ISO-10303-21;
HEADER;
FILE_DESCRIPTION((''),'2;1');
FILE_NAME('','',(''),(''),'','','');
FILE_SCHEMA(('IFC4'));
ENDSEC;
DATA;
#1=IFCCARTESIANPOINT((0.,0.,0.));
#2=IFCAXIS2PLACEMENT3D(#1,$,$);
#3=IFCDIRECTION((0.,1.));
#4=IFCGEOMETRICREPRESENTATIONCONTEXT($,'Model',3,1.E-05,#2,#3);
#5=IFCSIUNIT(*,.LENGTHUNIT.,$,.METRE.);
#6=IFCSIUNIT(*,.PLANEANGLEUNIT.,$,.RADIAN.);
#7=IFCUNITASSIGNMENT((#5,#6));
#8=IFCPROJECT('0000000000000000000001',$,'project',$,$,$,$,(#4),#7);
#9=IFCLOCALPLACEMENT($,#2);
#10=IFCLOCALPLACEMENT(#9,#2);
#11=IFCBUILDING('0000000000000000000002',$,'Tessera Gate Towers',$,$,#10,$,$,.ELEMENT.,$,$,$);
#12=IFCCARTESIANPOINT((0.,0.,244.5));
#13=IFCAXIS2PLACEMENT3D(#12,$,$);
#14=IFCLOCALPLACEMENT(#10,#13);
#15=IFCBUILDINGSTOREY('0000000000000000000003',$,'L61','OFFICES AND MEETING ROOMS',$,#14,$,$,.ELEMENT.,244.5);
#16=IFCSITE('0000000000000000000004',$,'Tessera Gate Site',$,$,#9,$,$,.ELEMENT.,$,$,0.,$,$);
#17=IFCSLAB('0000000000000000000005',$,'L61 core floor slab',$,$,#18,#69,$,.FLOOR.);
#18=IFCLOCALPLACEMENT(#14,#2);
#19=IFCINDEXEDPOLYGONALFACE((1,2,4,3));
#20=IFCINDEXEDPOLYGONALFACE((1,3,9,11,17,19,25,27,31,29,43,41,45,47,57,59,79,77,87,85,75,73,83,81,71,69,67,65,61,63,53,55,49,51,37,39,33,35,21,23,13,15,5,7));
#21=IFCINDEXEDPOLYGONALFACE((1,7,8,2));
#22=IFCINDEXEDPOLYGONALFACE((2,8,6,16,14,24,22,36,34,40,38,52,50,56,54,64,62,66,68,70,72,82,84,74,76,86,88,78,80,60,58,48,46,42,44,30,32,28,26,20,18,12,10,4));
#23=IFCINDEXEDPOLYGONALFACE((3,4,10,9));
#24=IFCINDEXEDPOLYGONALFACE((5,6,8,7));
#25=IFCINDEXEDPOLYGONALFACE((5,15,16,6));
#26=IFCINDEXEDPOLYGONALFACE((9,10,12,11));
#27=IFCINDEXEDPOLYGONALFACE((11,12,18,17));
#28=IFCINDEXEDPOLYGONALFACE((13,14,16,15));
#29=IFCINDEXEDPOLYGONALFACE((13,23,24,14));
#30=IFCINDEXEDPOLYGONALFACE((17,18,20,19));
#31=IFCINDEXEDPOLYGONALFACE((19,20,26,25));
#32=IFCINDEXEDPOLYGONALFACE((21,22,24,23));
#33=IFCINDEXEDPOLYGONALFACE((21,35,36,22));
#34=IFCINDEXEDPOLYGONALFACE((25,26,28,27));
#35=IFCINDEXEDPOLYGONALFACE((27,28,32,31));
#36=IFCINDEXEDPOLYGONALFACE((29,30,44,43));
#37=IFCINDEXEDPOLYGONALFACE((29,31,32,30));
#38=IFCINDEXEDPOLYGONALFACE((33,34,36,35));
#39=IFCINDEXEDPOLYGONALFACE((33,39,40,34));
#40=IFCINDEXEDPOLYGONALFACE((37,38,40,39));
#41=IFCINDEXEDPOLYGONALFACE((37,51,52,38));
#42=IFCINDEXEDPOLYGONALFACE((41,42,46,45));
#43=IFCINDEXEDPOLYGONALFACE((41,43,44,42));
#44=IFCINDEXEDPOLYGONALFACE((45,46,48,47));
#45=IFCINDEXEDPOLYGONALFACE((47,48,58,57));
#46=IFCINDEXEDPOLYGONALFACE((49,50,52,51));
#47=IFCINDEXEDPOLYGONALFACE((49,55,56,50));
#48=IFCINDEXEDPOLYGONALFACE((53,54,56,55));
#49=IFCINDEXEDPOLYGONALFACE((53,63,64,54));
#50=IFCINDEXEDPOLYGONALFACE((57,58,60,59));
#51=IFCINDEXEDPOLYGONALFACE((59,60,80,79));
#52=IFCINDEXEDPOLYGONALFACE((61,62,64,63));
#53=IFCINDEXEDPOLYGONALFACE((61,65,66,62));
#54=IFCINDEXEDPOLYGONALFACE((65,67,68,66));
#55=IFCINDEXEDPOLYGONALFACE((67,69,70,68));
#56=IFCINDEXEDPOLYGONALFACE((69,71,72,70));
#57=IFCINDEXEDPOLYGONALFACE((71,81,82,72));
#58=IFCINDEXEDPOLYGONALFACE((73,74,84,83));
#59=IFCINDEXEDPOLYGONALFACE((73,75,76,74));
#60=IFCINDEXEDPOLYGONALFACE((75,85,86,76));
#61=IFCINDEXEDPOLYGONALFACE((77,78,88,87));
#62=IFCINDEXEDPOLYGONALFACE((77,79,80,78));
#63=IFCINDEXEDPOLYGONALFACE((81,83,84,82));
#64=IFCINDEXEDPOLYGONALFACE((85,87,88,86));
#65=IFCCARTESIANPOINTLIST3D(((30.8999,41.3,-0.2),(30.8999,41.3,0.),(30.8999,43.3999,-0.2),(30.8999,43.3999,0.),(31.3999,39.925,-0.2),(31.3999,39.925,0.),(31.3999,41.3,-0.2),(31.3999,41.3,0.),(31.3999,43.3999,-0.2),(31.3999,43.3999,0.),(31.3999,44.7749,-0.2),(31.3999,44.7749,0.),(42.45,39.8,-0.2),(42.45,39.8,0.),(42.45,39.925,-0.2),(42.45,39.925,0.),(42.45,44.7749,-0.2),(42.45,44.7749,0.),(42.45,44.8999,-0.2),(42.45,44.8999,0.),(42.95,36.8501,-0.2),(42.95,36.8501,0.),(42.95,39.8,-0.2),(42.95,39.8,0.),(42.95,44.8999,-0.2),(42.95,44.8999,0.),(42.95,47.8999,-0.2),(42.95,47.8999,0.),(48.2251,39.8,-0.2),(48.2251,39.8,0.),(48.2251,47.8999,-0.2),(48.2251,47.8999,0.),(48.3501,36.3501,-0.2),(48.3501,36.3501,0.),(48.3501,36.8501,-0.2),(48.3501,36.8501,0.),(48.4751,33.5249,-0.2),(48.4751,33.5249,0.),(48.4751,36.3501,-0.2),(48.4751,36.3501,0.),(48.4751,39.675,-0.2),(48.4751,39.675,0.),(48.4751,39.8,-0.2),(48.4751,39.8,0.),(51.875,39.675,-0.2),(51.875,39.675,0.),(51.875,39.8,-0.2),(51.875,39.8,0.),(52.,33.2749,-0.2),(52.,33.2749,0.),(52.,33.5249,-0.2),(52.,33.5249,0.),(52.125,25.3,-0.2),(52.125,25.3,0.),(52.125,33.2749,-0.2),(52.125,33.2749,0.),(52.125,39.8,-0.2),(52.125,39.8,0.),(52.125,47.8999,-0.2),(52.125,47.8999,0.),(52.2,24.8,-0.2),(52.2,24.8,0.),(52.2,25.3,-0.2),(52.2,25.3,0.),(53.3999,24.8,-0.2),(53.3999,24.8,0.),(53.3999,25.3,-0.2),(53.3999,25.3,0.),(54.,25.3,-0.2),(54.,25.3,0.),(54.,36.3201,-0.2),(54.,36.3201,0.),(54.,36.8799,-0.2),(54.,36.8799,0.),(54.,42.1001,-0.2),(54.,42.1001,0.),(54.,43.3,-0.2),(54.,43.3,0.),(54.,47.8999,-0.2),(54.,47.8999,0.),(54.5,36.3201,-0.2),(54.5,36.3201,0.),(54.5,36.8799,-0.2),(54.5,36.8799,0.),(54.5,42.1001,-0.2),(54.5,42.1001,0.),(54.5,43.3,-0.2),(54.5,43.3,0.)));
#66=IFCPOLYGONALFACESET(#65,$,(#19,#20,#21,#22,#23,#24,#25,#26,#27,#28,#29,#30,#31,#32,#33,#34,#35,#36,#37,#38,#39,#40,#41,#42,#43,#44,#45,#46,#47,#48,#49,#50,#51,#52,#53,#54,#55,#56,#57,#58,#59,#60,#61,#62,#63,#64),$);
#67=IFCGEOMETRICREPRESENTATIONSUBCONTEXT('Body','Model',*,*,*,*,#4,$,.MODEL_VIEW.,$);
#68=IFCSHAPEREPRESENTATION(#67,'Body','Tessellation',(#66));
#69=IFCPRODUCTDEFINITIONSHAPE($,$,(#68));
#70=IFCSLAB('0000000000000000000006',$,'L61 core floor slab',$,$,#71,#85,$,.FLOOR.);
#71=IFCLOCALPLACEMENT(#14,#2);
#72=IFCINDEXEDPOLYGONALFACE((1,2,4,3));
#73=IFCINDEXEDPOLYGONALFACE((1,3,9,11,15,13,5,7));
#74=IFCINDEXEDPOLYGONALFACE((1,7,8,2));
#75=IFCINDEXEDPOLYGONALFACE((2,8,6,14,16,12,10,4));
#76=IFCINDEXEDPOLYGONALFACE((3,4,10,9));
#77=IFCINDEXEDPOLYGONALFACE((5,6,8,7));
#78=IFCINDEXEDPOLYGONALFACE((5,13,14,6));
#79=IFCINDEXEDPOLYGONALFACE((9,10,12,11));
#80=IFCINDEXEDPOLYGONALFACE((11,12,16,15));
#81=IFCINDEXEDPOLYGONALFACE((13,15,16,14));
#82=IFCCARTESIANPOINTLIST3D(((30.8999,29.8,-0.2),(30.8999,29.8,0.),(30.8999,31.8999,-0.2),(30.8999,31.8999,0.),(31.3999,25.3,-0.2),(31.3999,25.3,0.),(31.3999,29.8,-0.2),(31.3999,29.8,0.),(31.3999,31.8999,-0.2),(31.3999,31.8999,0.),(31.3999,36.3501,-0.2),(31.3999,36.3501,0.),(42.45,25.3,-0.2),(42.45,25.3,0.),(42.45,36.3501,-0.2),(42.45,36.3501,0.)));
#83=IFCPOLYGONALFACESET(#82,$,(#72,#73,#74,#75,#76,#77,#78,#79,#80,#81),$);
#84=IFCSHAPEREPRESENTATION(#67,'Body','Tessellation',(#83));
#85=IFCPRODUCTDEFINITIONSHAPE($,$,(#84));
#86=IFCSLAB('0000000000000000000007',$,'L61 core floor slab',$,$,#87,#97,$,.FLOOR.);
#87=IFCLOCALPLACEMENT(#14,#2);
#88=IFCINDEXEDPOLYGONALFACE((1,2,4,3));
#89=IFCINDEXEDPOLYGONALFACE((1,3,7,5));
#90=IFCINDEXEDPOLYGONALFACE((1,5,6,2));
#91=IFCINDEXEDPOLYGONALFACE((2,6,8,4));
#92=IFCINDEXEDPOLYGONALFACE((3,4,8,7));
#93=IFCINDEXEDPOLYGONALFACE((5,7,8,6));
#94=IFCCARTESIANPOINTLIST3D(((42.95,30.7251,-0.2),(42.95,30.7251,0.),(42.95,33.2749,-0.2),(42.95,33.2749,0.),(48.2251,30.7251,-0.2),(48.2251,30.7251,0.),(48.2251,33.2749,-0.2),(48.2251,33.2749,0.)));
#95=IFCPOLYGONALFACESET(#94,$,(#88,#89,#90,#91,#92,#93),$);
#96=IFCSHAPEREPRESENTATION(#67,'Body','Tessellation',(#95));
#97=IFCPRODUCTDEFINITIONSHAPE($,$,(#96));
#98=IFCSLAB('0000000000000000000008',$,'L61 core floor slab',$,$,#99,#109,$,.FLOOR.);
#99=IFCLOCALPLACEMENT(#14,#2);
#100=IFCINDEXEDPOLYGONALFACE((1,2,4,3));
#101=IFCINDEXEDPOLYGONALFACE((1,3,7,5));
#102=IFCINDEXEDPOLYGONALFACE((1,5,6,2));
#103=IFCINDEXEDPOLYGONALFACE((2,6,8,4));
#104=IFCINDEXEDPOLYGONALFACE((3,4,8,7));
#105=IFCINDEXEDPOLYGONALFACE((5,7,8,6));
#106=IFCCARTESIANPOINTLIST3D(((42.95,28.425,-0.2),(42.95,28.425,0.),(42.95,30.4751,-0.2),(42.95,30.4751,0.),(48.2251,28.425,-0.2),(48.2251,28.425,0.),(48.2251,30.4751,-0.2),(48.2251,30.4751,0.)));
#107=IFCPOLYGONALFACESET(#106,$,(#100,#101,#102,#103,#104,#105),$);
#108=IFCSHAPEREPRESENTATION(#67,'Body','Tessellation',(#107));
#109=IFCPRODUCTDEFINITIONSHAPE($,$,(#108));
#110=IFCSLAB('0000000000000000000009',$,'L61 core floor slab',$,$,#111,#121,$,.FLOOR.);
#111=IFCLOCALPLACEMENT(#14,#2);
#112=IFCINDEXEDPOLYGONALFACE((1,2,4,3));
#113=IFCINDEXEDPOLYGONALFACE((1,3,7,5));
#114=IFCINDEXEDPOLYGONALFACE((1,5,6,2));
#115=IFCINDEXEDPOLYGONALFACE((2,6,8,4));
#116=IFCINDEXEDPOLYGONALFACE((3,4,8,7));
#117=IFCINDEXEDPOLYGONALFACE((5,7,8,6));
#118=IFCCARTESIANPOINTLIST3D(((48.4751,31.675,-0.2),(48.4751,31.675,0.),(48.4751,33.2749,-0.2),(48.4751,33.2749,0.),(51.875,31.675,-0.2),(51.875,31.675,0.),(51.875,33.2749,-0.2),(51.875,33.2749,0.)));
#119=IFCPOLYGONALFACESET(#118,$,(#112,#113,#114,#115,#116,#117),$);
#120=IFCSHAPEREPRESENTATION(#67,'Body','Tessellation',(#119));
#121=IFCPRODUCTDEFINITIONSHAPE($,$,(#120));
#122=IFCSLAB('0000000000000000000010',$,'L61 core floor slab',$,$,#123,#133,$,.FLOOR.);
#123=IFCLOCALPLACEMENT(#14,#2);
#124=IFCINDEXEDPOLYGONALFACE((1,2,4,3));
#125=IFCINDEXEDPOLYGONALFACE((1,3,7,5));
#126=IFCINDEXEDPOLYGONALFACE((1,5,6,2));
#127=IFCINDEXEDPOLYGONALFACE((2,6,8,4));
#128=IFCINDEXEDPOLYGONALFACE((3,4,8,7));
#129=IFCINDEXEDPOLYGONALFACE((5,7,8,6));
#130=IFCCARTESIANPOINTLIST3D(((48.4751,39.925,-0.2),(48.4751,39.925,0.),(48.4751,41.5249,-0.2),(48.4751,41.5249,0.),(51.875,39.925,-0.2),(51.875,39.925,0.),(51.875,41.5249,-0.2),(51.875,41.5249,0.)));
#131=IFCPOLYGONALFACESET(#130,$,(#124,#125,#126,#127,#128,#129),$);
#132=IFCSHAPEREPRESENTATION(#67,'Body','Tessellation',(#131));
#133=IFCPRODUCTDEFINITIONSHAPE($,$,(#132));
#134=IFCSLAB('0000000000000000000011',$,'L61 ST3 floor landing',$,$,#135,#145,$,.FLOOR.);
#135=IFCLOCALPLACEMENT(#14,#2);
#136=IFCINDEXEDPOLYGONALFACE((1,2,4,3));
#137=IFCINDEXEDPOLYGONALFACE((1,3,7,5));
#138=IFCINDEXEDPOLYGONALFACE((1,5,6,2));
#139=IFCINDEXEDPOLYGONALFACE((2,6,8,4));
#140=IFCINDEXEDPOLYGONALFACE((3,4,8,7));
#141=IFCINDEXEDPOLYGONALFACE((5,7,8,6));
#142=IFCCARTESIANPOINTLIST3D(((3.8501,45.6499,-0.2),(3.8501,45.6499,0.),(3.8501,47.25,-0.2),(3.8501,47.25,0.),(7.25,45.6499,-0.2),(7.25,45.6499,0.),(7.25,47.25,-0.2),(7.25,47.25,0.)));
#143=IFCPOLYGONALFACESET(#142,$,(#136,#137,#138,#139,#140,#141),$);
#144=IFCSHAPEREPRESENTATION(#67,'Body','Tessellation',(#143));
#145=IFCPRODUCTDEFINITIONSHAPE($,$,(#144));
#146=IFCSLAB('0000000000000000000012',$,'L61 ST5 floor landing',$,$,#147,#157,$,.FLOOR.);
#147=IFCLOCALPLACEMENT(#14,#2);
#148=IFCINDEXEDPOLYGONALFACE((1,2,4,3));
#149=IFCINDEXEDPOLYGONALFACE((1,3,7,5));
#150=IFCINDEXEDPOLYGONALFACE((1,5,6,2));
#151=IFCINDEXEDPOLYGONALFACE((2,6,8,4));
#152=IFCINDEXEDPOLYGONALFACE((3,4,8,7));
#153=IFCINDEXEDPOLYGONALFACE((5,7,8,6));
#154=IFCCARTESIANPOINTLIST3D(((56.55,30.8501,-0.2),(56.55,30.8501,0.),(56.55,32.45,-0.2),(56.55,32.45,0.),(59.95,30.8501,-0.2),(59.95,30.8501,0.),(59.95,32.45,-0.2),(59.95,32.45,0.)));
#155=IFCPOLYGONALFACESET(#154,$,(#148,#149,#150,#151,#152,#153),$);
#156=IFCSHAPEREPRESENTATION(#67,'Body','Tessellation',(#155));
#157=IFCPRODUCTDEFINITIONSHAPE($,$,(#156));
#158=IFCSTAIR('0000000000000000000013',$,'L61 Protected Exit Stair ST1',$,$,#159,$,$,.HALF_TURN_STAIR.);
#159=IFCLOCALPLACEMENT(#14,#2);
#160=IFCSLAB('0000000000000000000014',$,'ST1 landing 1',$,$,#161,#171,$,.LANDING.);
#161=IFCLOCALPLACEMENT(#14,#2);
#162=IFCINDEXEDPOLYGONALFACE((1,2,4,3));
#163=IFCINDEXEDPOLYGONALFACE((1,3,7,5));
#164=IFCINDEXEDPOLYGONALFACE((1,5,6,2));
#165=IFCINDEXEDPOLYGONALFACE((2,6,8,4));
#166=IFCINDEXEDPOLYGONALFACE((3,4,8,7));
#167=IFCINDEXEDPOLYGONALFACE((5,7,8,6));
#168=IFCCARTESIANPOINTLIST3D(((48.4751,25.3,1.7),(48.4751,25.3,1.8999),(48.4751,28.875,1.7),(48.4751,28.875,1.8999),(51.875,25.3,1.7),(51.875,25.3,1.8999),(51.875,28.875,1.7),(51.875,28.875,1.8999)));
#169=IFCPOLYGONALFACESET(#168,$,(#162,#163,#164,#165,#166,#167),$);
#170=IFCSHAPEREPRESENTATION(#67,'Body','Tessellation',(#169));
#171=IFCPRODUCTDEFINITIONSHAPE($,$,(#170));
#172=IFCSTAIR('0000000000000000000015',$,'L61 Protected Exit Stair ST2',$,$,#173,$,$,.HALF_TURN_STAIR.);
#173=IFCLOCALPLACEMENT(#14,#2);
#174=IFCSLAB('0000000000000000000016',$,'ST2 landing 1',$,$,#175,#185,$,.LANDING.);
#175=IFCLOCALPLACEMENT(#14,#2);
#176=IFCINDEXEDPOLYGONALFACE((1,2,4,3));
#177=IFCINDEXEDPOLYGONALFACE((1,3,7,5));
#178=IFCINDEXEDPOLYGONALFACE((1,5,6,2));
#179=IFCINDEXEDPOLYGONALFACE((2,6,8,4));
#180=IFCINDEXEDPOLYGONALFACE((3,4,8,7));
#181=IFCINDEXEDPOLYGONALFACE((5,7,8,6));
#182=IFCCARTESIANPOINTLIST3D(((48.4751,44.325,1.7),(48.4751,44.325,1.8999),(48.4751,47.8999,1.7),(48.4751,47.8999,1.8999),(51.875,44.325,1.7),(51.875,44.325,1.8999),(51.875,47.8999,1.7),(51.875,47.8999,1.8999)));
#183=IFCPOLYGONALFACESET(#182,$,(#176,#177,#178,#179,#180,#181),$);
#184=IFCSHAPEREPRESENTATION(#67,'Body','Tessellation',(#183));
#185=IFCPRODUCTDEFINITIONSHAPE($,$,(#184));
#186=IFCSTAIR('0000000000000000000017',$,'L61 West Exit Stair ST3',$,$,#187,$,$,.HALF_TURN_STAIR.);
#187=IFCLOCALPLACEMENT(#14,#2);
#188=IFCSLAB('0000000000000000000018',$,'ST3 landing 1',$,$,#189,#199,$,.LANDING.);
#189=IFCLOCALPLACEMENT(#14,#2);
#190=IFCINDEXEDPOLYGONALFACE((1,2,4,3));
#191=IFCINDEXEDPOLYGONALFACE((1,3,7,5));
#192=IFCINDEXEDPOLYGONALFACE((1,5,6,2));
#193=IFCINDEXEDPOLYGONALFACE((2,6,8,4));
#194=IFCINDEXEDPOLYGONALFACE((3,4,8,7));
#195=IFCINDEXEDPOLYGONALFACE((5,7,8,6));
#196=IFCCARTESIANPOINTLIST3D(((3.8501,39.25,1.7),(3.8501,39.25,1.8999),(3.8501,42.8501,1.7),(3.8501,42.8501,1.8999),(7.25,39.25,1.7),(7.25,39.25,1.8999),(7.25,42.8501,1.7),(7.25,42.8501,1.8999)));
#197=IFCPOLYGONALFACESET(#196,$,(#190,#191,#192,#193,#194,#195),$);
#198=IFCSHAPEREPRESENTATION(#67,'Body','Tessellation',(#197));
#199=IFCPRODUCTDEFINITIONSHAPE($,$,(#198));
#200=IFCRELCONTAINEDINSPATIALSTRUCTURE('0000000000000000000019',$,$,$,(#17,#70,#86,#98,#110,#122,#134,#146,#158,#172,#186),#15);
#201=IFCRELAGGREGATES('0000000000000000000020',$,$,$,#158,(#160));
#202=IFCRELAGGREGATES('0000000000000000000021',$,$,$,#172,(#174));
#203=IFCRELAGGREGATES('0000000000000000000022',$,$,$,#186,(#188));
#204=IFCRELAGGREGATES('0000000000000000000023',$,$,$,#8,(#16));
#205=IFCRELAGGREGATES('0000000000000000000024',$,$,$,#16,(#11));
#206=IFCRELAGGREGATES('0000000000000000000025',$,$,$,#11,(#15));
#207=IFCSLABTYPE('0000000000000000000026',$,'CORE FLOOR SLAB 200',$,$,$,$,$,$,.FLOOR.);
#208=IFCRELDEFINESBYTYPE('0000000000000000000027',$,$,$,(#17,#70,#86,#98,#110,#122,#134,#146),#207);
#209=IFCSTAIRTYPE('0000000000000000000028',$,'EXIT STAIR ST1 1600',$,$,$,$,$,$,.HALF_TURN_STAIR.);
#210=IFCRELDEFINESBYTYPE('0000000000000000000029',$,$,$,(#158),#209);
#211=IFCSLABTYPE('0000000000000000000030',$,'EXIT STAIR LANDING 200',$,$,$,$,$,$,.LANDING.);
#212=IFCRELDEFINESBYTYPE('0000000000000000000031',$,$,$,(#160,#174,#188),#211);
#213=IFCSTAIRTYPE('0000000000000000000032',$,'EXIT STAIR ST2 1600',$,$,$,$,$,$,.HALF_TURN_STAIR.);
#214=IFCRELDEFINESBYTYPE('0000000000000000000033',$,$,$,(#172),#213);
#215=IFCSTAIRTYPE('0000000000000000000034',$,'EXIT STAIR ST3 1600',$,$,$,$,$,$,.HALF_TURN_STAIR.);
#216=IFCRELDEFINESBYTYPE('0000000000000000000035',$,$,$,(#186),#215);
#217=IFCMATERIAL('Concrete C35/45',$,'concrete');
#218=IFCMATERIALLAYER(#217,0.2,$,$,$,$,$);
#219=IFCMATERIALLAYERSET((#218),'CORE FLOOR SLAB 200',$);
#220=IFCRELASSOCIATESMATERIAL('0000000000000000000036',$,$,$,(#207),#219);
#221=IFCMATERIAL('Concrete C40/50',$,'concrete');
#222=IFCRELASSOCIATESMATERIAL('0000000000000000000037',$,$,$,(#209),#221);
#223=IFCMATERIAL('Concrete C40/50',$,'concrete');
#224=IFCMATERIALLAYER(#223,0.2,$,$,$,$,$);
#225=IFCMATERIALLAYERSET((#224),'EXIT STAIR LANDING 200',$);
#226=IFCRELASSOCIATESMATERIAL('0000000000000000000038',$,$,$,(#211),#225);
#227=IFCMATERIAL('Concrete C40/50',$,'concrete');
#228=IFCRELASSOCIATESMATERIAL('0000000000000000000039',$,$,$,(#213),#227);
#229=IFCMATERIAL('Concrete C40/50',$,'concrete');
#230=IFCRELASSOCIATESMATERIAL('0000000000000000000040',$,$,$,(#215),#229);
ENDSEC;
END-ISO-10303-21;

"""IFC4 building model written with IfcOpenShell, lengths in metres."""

from ifc_helpers import new_model, si_unit, direction, frame, origin, place, context, subcontext, project, spatial, polyline, outline, extrude, material, layer, layer_set, type_object, element, aggregate, save


model = new_model("IFC4")

# Units and contexts
model_context = context("Model", 3, precision=1e-05, world=origin(), true_north=direction((0.0, 1.0)))
body_context = subcontext(model_context, "Body", "Model", "MODEL_VIEW")
ifc_project = project(units=[si_unit("LENGTHUNIT", "METRE"), si_unit("PLANEANGLEUNIT", "RADIAN")], contexts=[model_context])

# Site, building, storey
site_placement = place(None, origin())
site = spatial("IfcSite", under=ifc_project, at=site_placement, Name="Tessera Gate Site", CompositionType="ELEMENT", RefElevation=0.0)
building_placement = place(site_placement, origin())
building = spatial("IfcBuilding", under=site, at=building_placement, Name="Tessera Gate Towers", CompositionType="ELEMENT")
storey_placement = place(building_placement, frame((0.0, 0.0, 244.5)))
storey = spatial("IfcBuildingStorey", under=building, at=storey_placement, Name="L61", Description="OFFICES AND MEETING ROOMS", CompositionType="ELEMENT", Elevation=244.5)

# Slabs
ifc_material_1 = material(Name="Concrete C35/45", Category="concrete")
ifc_layer_1 = layer(ifc_material_1, 0.2)
ifc_layer_set_1 = layer_set([ifc_layer_1], Name="CORE FLOOR SLAB 200")
slab_type_1 = type_object("IfcSlabType", Name="CORE FLOOR SLAB 200", PredefinedType="FLOOR", material=ifc_layer_set_1)
slab_1_placement = place(storey_placement, frame((0.0, 0.0, -0.2)))
element("IfcSlab", 1, at=slab_1_placement, inside=storey, type_object=slab_type_1, Name="L61 core floor slab", PredefinedType="FLOOR", context=body_context, shape_type="SweptSolid", body=[
    extrude(outline(polyline([(42.45, 44.8999), (42.45, 44.7749), (31.3999, 44.7749), (31.3999, 43.3999), (30.8999, 43.3999), (30.8999, 41.3), (31.3999, 41.3), (31.3999, 39.925), (42.45, 39.925), (42.45, 39.8), (42.95, 39.8), (42.95, 36.8501), (48.3501, 36.8501), (48.3501, 36.3501), (48.4751, 36.3501), (48.4751, 33.5249), (52.0, 33.5249), (52.0, 33.2749), (52.125, 33.2749), (52.125, 25.3), (52.2, 25.3), (52.2, 24.8), (53.3999, 24.8), (53.3999, 25.3), (54.0, 25.3), (54.0, 36.3201), (54.5, 36.3201), (54.5, 36.8799), (54.0, 36.8799), (54.0, 42.1001), (54.5, 42.1001), (54.5, 43.3), (54.0, 43.3), (54.0, 47.8999), (52.125, 47.8999), (52.125, 39.8), (51.875, 39.8), (51.875, 39.675), (48.4751, 39.675), (48.4751, 39.8), (48.2251, 39.8), (48.2251, 47.8999), (42.95, 47.8999), (42.95, 44.8999), (42.45, 44.8999)])), origin(), (0.0, 0.0, 1.0), 0.2),
])
slab_2_placement = place(storey_placement, frame((0.0, 0.0, -0.2)))
element("IfcSlab", 2, at=slab_2_placement, inside=storey, type_object=slab_type_1, Name="L61 core floor slab", PredefinedType="FLOOR", context=body_context, shape_type="SweptSolid", body=[
    extrude(outline(polyline([(31.3999, 36.3501), (31.3999, 31.8999), (30.8999, 31.8999), (30.8999, 29.8), (31.3999, 29.8), (31.3999, 25.3), (42.45, 25.3), (42.45, 36.3501), (31.3999, 36.3501)])), origin(), (0.0, 0.0, 1.0), 0.2),
])
slab_3_placement = place(storey_placement, frame((0.0, 0.0, -0.2)))
element("IfcSlab", 3, at=slab_3_placement, inside=storey, type_object=slab_type_1, Name="L61 core floor slab", PredefinedType="FLOOR", context=body_context, shape_type="SweptSolid", body=[
    extrude(outline(polyline([(42.95, 33.2749), (42.95, 30.7251), (48.2251, 30.7251), (48.2251, 33.2749), (42.95, 33.2749)])), origin(), (0.0, 0.0, 1.0), 0.2),
])
slab_4_placement = place(storey_placement, frame((0.0, 0.0, -0.2)))
element("IfcSlab", 4, at=slab_4_placement, inside=storey, type_object=slab_type_1, Name="L61 core floor slab", PredefinedType="FLOOR", context=body_context, shape_type="SweptSolid", body=[
    extrude(outline(polyline([(48.2251, 30.4751), (42.95, 30.4751), (42.95, 28.425), (48.2251, 28.425), (48.2251, 30.4751)])), origin(), (0.0, 0.0, 1.0), 0.2),
])
slab_5_placement = place(storey_placement, frame((0.0, 0.0, -0.2)))
element("IfcSlab", 5, at=slab_5_placement, inside=storey, type_object=slab_type_1, Name="L61 core floor slab", PredefinedType="FLOOR", context=body_context, shape_type="SweptSolid", body=[
    extrude(outline(polyline([(51.875, 31.675), (51.875, 33.2749), (48.4751, 33.2749), (48.4751, 31.675), (51.875, 31.675)])), origin(), (0.0, 0.0, 1.0), 0.2),
])
slab_6_placement = place(storey_placement, frame((0.0, 0.0, -0.2)))
element("IfcSlab", 6, at=slab_6_placement, inside=storey, type_object=slab_type_1, Name="L61 core floor slab", PredefinedType="FLOOR", context=body_context, shape_type="SweptSolid", body=[
    extrude(outline(polyline([(48.4751, 41.5249), (48.4751, 39.925), (51.875, 39.925), (51.875, 41.5249), (48.4751, 41.5249)])), origin(), (0.0, 0.0, 1.0), 0.2),
])
slab_7_placement = place(storey_placement, frame((0.0, 0.0, -0.2)))
element("IfcSlab", 7, at=slab_7_placement, inside=storey, type_object=slab_type_1, Name="L61 ST3 floor landing", PredefinedType="FLOOR", context=body_context, shape_type="SweptSolid", body=[
    extrude(outline(polyline([(3.8501, 47.25), (3.8501, 45.6499), (7.25, 45.6499), (7.25, 47.25), (3.8501, 47.25)])), origin(), (0.0, 0.0, 1.0), 0.2),
])
slab_8_placement = place(storey_placement, frame((0.0, 0.0, -0.2)))
element("IfcSlab", 8, at=slab_8_placement, inside=storey, type_object=slab_type_1, Name="L61 ST5 floor landing", PredefinedType="FLOOR", context=body_context, shape_type="SweptSolid", body=[
    extrude(outline(polyline([(59.95, 30.8501), (59.95, 32.45), (56.55, 32.45), (56.55, 30.8501), (59.95, 30.8501)])), origin(), (0.0, 0.0, 1.0), 0.2),
])

# Stairs, slabs
ifc_material_2 = material(Name="Concrete C40/50", Category="concrete")
stair_type_1 = type_object("IfcStairType", Name="EXIT STAIR ST1 1600", PredefinedType="HALF_TURN_STAIR", material=ifc_material_2)
stair_1_placement = place(storey_placement, origin())
stair_1 = element("IfcStair", 9, at=stair_1_placement, inside=storey, type_object=stair_type_1, Name="L61 Protected Exit Stair ST1", PredefinedType="HALF_TURN_STAIR")
ifc_material_3 = material(Name="Concrete C40/50", Category="concrete")
ifc_layer_2 = layer(ifc_material_3, 0.2)
ifc_layer_set_2 = layer_set([ifc_layer_2], Name="EXIT STAIR LANDING 200")
slab_type_2 = type_object("IfcSlabType", Name="EXIT STAIR LANDING 200", PredefinedType="LANDING", material=ifc_layer_set_2)
slab_9_placement = place(storey_placement, frame((0.0, 0.0, 1.7)))
slab_9 = element("IfcSlab", 10, at=slab_9_placement, type_object=slab_type_2, Name="ST1 landing 1", PredefinedType="LANDING", context=body_context, shape_type="SweptSolid", body=[
    extrude(outline(polyline([(48.4751, 28.875), (48.4751, 25.3), (51.875, 25.3), (51.875, 28.875), (48.4751, 28.875)])), origin(), (0.0, 0.0, 1.0), 0.2),
])
aggregate(stair_1, [slab_9])
ifc_material_4 = material(Name="Concrete C40/50", Category="concrete")
stair_type_2 = type_object("IfcStairType", Name="EXIT STAIR ST2 1600", PredefinedType="HALF_TURN_STAIR", material=ifc_material_4)
stair_2_placement = place(storey_placement, origin())
stair_2 = element("IfcStair", 11, at=stair_2_placement, inside=storey, type_object=stair_type_2, Name="L61 Protected Exit Stair ST2", PredefinedType="HALF_TURN_STAIR")
slab_10_placement = place(storey_placement, frame((0.0, 0.0, 1.7)))
slab_10 = element("IfcSlab", 12, at=slab_10_placement, type_object=slab_type_2, Name="ST2 landing 1", PredefinedType="LANDING", context=body_context, shape_type="SweptSolid", body=[
    extrude(outline(polyline([(51.875, 44.325), (51.875, 47.8999), (48.4751, 47.8999), (48.4751, 44.325), (51.875, 44.325)])), origin(), (0.0, 0.0, 1.0), 0.2),
])
aggregate(stair_2, [slab_10])
ifc_material_5 = material(Name="Concrete C40/50", Category="concrete")
stair_type_3 = type_object("IfcStairType", Name="EXIT STAIR ST3 1600", PredefinedType="HALF_TURN_STAIR", material=ifc_material_5)
stair_3_placement = place(storey_placement, origin())
stair_3 = element("IfcStair", 13, at=stair_3_placement, inside=storey, type_object=stair_type_3, Name="L61 West Exit Stair ST3", PredefinedType="HALF_TURN_STAIR")
slab_11_placement = place(storey_placement, frame((0.0, 0.0, 1.7)))
slab_11 = element("IfcSlab", 14, at=slab_11_placement, type_object=slab_type_2, Name="ST3 landing 1", PredefinedType="LANDING", context=body_context, shape_type="SweptSolid", body=[
    extrude(outline(polyline([(3.8501, 42.8501), (3.8501, 39.25), (7.25, 39.25), (7.25, 42.8501), (3.8501, 42.8501)])), origin(), (0.0, 0.0, 1.0), 0.2),
])
aggregate(stair_3, [slab_11])

save(model, "model.ifc")
